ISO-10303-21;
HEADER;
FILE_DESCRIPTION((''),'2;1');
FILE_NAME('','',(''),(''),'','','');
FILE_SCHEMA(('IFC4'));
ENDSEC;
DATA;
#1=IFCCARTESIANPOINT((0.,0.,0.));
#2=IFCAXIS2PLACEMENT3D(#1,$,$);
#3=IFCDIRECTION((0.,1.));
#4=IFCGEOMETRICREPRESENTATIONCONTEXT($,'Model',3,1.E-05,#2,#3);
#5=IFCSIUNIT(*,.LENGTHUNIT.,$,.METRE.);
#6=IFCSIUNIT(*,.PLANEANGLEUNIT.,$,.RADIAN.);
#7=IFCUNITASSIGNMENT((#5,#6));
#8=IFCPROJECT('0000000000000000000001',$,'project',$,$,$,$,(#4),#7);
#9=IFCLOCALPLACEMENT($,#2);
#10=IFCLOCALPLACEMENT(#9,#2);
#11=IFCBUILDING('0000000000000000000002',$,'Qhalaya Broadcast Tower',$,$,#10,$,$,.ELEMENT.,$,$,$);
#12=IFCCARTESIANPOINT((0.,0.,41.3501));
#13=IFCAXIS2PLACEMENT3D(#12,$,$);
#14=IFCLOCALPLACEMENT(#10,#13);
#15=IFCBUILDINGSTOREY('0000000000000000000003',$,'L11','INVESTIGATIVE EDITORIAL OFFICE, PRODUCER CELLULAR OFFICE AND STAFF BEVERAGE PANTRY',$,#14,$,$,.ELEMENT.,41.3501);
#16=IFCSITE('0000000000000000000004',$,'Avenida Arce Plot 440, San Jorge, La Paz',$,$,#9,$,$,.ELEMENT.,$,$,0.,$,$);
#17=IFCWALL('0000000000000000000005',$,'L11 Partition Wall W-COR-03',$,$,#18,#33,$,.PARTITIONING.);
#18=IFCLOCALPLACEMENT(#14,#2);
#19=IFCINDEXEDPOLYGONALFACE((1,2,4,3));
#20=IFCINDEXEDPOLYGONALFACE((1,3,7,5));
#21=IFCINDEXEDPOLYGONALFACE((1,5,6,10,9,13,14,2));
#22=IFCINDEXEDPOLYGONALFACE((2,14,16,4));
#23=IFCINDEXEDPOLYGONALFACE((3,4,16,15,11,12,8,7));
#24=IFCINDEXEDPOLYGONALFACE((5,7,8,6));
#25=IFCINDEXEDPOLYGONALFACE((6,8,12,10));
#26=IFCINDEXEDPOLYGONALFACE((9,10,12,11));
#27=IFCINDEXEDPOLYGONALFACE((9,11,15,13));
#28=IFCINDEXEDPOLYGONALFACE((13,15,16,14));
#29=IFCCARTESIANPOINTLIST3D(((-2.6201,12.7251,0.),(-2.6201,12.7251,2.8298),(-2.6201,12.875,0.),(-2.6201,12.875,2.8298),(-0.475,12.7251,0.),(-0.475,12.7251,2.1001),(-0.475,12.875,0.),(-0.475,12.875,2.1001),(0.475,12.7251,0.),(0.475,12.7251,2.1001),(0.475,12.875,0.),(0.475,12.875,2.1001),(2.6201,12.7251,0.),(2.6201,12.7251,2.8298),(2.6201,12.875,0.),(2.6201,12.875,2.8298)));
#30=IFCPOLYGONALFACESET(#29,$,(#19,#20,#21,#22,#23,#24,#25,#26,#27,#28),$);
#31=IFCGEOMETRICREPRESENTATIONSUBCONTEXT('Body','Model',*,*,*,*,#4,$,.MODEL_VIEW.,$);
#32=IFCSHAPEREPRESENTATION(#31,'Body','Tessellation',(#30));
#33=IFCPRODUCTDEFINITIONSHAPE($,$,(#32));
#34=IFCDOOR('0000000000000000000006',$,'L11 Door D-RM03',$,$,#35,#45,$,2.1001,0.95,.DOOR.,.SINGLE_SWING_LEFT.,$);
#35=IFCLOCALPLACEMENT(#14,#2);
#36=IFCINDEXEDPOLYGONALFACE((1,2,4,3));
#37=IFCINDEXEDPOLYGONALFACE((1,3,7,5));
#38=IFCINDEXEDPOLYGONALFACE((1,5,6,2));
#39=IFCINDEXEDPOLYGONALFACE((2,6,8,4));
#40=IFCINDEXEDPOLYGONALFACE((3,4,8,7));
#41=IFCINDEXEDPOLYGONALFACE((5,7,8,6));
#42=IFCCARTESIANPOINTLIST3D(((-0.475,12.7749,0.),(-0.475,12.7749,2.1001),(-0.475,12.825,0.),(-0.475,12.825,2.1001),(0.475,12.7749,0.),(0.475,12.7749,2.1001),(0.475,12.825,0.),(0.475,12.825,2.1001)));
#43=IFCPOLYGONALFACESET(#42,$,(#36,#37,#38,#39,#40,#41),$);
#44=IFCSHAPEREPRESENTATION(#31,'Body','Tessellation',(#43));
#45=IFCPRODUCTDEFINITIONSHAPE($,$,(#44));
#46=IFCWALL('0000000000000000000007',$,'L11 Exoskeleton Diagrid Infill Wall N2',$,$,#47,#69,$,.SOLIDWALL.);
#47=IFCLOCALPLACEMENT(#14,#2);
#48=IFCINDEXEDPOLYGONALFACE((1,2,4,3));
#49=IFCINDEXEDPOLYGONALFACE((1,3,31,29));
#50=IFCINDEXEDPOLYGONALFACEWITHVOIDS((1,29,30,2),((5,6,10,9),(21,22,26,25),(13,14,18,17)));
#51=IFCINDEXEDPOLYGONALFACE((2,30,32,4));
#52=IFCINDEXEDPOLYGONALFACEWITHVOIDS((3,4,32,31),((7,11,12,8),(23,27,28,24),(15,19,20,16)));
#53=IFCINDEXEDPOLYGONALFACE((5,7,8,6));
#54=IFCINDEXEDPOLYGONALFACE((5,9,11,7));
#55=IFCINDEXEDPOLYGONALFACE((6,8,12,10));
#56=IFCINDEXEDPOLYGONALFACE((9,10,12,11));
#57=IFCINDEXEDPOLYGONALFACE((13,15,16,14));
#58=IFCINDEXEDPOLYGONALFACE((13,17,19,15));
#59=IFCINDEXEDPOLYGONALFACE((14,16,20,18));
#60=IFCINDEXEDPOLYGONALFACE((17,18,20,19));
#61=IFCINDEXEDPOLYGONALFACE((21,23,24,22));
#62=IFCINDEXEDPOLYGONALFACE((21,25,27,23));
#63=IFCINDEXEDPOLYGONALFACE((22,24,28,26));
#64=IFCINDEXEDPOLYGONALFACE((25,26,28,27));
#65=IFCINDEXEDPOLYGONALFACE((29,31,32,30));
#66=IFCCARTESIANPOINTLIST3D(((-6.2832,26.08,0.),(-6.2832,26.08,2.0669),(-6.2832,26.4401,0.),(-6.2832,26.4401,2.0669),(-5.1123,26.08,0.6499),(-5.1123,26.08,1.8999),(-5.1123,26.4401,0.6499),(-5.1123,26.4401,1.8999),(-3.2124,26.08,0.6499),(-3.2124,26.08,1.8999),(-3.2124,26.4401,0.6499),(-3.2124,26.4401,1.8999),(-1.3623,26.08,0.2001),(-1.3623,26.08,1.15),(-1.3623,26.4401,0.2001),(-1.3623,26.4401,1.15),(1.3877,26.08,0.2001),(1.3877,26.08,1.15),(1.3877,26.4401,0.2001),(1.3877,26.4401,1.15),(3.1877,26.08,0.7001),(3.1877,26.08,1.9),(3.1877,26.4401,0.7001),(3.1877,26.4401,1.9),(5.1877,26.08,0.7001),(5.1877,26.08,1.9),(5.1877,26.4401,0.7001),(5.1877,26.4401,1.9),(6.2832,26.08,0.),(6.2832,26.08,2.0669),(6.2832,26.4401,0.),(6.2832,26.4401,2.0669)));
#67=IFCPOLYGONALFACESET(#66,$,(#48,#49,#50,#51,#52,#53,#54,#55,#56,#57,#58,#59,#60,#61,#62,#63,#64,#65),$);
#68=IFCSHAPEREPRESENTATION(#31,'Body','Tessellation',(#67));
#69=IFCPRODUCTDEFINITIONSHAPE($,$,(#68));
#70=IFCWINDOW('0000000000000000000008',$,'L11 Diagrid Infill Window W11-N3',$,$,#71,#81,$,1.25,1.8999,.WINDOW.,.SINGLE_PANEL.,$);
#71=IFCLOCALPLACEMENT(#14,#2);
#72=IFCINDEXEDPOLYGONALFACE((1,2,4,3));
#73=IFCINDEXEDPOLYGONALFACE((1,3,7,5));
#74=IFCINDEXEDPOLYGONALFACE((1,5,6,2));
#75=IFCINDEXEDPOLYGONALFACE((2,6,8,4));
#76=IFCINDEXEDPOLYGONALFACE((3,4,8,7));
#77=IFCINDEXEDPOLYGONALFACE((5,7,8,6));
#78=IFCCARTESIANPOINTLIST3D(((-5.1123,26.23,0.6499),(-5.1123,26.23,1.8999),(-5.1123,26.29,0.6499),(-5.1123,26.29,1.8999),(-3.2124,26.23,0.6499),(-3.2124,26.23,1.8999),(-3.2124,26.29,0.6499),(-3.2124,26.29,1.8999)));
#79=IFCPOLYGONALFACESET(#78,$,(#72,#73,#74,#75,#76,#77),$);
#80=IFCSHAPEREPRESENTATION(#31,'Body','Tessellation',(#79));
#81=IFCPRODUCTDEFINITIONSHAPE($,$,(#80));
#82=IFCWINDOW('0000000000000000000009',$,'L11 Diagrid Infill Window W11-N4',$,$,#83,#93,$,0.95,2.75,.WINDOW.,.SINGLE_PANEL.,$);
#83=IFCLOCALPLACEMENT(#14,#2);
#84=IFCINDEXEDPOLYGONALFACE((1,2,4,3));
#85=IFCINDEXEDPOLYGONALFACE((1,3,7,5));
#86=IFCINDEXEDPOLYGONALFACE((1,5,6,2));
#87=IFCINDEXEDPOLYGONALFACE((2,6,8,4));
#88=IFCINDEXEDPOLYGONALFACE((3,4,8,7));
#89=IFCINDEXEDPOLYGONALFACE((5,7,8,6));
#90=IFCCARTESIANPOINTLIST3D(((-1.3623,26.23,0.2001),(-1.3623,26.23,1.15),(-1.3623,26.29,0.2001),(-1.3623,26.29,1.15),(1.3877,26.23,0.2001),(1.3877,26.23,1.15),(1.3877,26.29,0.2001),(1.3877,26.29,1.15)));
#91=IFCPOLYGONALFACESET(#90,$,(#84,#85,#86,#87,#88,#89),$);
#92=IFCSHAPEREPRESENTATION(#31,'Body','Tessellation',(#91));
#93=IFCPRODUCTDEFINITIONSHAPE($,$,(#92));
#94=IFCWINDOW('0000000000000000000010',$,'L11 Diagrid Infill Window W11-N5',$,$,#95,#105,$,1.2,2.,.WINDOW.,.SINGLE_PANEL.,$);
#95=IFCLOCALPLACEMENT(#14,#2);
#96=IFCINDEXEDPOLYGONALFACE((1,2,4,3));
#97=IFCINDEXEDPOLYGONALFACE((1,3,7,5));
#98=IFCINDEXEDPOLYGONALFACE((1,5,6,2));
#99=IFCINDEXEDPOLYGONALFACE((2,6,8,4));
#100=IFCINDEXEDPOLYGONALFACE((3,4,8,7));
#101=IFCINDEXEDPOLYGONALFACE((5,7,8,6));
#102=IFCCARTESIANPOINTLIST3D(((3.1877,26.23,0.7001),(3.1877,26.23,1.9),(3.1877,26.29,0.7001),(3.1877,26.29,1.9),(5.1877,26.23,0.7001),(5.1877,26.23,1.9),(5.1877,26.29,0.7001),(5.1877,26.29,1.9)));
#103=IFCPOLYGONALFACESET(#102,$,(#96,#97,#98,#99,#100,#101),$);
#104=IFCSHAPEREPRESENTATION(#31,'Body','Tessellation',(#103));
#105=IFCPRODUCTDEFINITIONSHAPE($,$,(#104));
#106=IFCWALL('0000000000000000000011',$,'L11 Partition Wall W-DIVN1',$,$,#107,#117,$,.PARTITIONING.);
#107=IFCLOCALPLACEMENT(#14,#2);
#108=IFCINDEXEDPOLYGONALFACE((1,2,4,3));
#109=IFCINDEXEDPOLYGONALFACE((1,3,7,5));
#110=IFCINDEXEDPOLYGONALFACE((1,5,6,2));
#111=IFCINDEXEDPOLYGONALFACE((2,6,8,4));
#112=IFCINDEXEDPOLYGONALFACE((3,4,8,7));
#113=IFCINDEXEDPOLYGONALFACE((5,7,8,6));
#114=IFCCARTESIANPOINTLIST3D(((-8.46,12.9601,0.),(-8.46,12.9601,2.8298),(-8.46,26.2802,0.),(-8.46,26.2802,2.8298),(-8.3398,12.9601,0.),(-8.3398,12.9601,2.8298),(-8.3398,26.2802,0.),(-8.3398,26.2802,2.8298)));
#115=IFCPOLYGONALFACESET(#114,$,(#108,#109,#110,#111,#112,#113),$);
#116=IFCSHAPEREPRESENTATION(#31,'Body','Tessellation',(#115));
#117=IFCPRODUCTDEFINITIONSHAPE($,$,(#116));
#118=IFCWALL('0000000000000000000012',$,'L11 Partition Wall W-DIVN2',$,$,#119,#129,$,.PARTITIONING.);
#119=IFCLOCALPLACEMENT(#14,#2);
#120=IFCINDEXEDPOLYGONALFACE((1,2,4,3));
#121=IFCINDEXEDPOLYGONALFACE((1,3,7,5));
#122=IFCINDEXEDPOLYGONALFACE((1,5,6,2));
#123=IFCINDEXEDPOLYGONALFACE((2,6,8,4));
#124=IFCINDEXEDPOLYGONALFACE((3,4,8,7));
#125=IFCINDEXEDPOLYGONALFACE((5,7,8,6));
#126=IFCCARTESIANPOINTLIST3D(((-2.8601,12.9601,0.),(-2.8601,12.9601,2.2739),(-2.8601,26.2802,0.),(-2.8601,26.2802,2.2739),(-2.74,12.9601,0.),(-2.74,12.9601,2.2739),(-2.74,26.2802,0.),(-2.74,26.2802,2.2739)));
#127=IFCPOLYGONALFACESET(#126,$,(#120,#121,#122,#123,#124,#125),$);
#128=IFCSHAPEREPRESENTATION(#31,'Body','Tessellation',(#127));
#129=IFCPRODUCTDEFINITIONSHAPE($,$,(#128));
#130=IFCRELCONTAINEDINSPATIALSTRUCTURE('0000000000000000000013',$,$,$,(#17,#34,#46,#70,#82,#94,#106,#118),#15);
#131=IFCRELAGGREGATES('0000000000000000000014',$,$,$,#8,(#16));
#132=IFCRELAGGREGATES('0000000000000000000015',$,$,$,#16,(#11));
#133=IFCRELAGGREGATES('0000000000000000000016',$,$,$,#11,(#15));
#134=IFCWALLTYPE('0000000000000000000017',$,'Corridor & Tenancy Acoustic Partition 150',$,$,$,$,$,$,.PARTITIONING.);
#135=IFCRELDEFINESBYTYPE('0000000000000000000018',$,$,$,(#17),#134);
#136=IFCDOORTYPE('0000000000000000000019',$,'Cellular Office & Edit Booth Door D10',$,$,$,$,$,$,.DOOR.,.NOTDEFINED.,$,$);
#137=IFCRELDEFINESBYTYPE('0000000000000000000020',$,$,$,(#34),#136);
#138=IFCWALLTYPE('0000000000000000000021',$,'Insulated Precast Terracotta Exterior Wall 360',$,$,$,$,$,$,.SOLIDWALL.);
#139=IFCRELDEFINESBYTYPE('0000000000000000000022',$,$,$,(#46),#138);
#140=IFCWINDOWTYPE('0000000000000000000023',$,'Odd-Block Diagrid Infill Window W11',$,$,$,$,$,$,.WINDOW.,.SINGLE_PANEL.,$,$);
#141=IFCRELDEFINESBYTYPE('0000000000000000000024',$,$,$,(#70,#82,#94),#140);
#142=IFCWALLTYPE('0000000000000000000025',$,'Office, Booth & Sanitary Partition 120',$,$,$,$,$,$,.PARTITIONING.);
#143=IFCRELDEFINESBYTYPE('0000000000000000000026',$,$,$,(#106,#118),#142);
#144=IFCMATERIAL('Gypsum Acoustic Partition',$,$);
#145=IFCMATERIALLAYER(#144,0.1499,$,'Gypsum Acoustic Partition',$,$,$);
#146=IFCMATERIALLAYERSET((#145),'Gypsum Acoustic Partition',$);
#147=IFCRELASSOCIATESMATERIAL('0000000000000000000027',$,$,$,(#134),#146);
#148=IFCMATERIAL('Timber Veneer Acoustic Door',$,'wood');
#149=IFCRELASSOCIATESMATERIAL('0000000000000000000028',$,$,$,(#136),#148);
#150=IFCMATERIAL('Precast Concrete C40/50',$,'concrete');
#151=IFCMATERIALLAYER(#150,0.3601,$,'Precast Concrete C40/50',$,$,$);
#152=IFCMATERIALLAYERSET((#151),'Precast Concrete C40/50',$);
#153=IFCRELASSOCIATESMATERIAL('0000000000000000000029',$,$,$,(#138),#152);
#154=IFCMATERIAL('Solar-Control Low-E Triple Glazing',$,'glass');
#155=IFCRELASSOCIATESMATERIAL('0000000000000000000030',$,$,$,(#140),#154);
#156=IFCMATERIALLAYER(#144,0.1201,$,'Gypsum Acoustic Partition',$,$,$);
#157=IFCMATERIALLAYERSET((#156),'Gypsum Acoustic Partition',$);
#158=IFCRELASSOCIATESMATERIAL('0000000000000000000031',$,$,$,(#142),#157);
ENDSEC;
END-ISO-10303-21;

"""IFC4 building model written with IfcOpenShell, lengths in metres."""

from ifc_helpers import new_model, si_unit, direction, frame, frame_2d, origin, place, context, subcontext, project, spatial, rectangle, extrude, material, layer, layer_set, type_object, element, fill, save


model = new_model("IFC4")

# Units and contexts
model_context = context("Model", 3, precision=1e-05, world=origin(), true_north=direction((0.0, 1.0)))
body_context = subcontext(model_context, "Body", "Model", "MODEL_VIEW")
ifc_project = project(units=[si_unit("LENGTHUNIT", "METRE"), si_unit("PLANEANGLEUNIT", "RADIAN")], contexts=[model_context])

# Site, building, storey
site_placement = place(None, origin())
site = spatial("IfcSite", under=ifc_project, at=site_placement, Name="Avenida Arce Plot 440, San Jorge, La Paz", CompositionType="ELEMENT", RefElevation=0.0)
building_placement = place(site_placement, origin())
building = spatial("IfcBuilding", under=site, at=building_placement, Name="Qhalaya Broadcast Tower", CompositionType="ELEMENT")
storey_placement = place(building_placement, frame((0.0, 0.0, 41.3501)))
storey = spatial("IfcBuildingStorey", under=building, at=storey_placement, Name="L11", Description="INVESTIGATIVE EDITORIAL OFFICE, PRODUCER CELLULAR OFFICE AND STAFF BEVERAGE PANTRY", CompositionType="ELEMENT", Elevation=41.3501)

# Wall, opening, door
ifc_material_1 = material(Name="Gypsum Acoustic Partition")
ifc_layer_1 = layer(ifc_material_1, 0.1499, Name="Gypsum Acoustic Partition")
ifc_layer_set_1 = layer_set([ifc_layer_1], Name="Gypsum Acoustic Partition")
wall_type_1 = type_object("IfcWallType", Name="Corridor & Tenancy Acoustic Partition 150", PredefinedType="PARTITIONING", material=ifc_layer_set_1)
ifc_material_2 = material(Name="Timber Veneer Acoustic Door", Category="wood")
door_type = type_object("IfcDoorType", Name="Cellular Office & Edit Booth Door D10", OperationType="NOTDEFINED", PredefinedType="DOOR", material=ifc_material_2)
wall_1_placement = place(storey_placement, frame((-2.6201, 12.8, 0.0), z_axis=(0.0, 0.0, 1.0), x_axis=(1.0, 0.0, 0.0)))
wall_1 = element("IfcWall", 1, at=wall_1_placement, inside=storey, type_object=wall_type_1, Name="L11 Partition Wall W-COR-03", PredefinedType="PARTITIONING", context=body_context, shape_type="SweptSolid", body=[
    extrude(rectangle(XDim=5.2402, YDim=0.1499, at=frame_2d((2.6201, 0.0))), origin(), (0.0, 0.0, 1.0), 2.8298),
])
opening_1_placement = place(wall_1_placement, frame((2.145, 0.0, 0.0)))
opening_1 = element("IfcOpeningElement", 2, at=opening_1_placement, cuts=wall_1, PredefinedType="OPENING", context=body_context, shape_type="SweptSolid", body=[
    extrude(rectangle(XDim=0.95, YDim=2.1001, at=frame_2d((0.4751, 1.05))), frame((0.0, 0.0869, 0.0), z_axis=(0.0, -1.0, 0.0), x_axis=(1.0, 0.0, 0.0)), (0.0, 0.0, 1.0), 0.1738),
])
door_1_placement = place(opening_1_placement, origin())
door_1 = element("IfcDoor", 3, at=door_1_placement, inside=storey, type_object=door_type, Name="L11 Door D-RM03", OperationType="SINGLE_SWING_LEFT", OverallHeight=2.1001, OverallWidth=0.95, PredefinedType="DOOR", context=body_context, shape_type="SweptSolid", body=[
    extrude(rectangle(XDim=0.95, YDim=2.1001, at=frame_2d((0.4751, 1.05))), frame((0.0, 0.0249, 0.0), z_axis=(0.0, -1.0, 0.0), x_axis=(1.0, 0.0, 0.0)), (0.0, 0.0, 1.0), 0.05),
])
fill(opening_1, door_1)

# Wall, openings, windows
ifc_material_3 = material(Name="Precast Concrete C40/50", Category="concrete")
ifc_layer_2 = layer(ifc_material_3, 0.3601, Name="Precast Concrete C40/50")
ifc_layer_set_2 = layer_set([ifc_layer_2], Name="Precast Concrete C40/50")
wall_type_2 = type_object("IfcWallType", Name="Insulated Precast Terracotta Exterior Wall 360", PredefinedType="SOLIDWALL", material=ifc_layer_set_2)
wall_2_placement = place(storey_placement, frame((-6.2832, 26.26, 0.0), z_axis=(0.0, 0.0, 1.0), x_axis=(1.0, 0.0, 0.0)))
wall_2 = element("IfcWall", 4, at=wall_2_placement, inside=storey, type_object=wall_type_2, Name="L11 Exoskeleton Diagrid Infill Wall N2", PredefinedType="SOLIDWALL", context=body_context, shape_type="SweptSolid", body=[
    extrude(rectangle(XDim=12.5664, YDim=0.3601, at=frame_2d((6.2832, 0.0))), origin(), (0.0, 0.0, 1.0), 2.0669),
])
opening_2_placement = place(wall_2_placement, frame((1.1709, 0.0, 0.6499)))
opening_2 = element("IfcOpeningElement", 5, at=opening_2_placement, cuts=wall_2, PredefinedType="OPENING", context=body_context, shape_type="SweptSolid", body=[
    extrude(rectangle(XDim=1.8999, YDim=1.25, at=frame_2d((0.95, 0.625))), frame((0.0, 0.1921, 0.0), z_axis=(0.0, -1.0, 0.0), x_axis=(1.0, 0.0, 0.0)), (0.0, 0.0, 1.0), 0.384),
])
opening_3_placement = place(wall_2_placement, frame((4.9209, 0.0, 0.2)))
opening_3 = element("IfcOpeningElement", 6, at=opening_3_placement, cuts=wall_2, PredefinedType="OPENING", context=body_context, shape_type="SweptSolid", body=[
    extrude(rectangle(XDim=2.75, YDim=0.95, at=frame_2d((1.375, 0.4751))), frame((0.0, 0.1921, 0.0), z_axis=(0.0, -1.0, 0.0), x_axis=(1.0, 0.0, 0.0)), (0.0, 0.0, 1.0), 0.384),
])
opening_4_placement = place(wall_2_placement, frame((9.4709, 0.0, 0.7)))
opening_4 = element("IfcOpeningElement", 7, at=opening_4_placement, cuts=wall_2, PredefinedType="OPENING", context=body_context, shape_type="SweptSolid", body=[
    extrude(rectangle(XDim=2.0, YDim=1.2, at=frame_2d((1.0, 0.6001))), frame((0.0, 0.1921, 0.0), z_axis=(0.0, -1.0, 0.0), x_axis=(1.0, 0.0, 0.0)), (0.0, 0.0, 1.0), 0.384),
])
ifc_material_4 = material(Name="Solar-Control Low-E Triple Glazing", Category="glass")
window_type = type_object("IfcWindowType", Name="Odd-Block Diagrid Infill Window W11", PartitioningType="SINGLE_PANEL", PredefinedType="WINDOW", material=ifc_material_4)
window_1_placement = place(opening_2_placement, origin())
window_1 = element("IfcWindow", 8, at=window_1_placement, inside=storey, type_object=window_type, Name="L11 Diagrid Infill Window W11-N3", OverallHeight=1.25, OverallWidth=1.8999, PartitioningType="SINGLE_PANEL", PredefinedType="WINDOW", context=body_context, shape_type="SweptSolid", body=[
    extrude(rectangle(XDim=1.8999, YDim=1.25, at=frame_2d((0.95, 0.625))), frame((0.0, 0.03, 0.0), z_axis=(0.0, -1.0, 0.0), x_axis=(1.0, 0.0, 0.0)), (0.0, 0.0, 1.0), 0.0601),
])
fill(opening_2, window_1)
window_2_placement = place(opening_3_placement, origin())
window_2 = element("IfcWindow", 9, at=window_2_placement, inside=storey, type_object=window_type, Name="L11 Diagrid Infill Window W11-N4", OverallHeight=0.95, OverallWidth=2.75, PartitioningType="SINGLE_PANEL", PredefinedType="WINDOW", context=body_context, shape_type="SweptSolid", body=[
    extrude(rectangle(XDim=2.75, YDim=0.95, at=frame_2d((1.375, 0.4751))), frame((0.0, 0.03, 0.0), z_axis=(0.0, -1.0, 0.0), x_axis=(1.0, 0.0, 0.0)), (0.0, 0.0, 1.0), 0.0601),
])
fill(opening_3, window_2)
window_3_placement = place(opening_4_placement, origin())
window_3 = element("IfcWindow", 10, at=window_3_placement, inside=storey, type_object=window_type, Name="L11 Diagrid Infill Window W11-N5", OverallHeight=1.2, OverallWidth=2.0, PartitioningType="SINGLE_PANEL", PredefinedType="WINDOW", context=body_context, shape_type="SweptSolid", body=[
    extrude(rectangle(XDim=2.0, YDim=1.2, at=frame_2d((1.0, 0.6001))), frame((0.0, 0.03, 0.0), z_axis=(0.0, -1.0, 0.0), x_axis=(1.0, 0.0, 0.0)), (0.0, 0.0, 1.0), 0.0601),
])
fill(opening_4, window_3)

# Walls
ifc_layer_3 = layer(ifc_material_1, 0.1201, Name="Gypsum Acoustic Partition")
ifc_layer_set_3 = layer_set([ifc_layer_3], Name="Gypsum Acoustic Partition")
wall_type_3 = type_object("IfcWallType", Name="Office, Booth & Sanitary Partition 120", PredefinedType="PARTITIONING", material=ifc_layer_set_3)
wall_3_placement = place(storey_placement, frame((-8.3999, 12.96, 0.0), z_axis=(0.0, 0.0, 1.0), x_axis=(0.0, 1.0, 0.0)))
element("IfcWall", 11, at=wall_3_placement, inside=storey, type_object=wall_type_3, Name="L11 Partition Wall W-DIVN1", PredefinedType="PARTITIONING", context=body_context, shape_type="SweptSolid", body=[
    extrude(rectangle(XDim=13.3201, YDim=0.1201, at=frame_2d((6.6602, 0.0))), origin(), (0.0, 0.0, 1.0), 2.8298),
])
wall_4_placement = place(storey_placement, frame((-2.8, 12.96, 0.0), z_axis=(0.0, 0.0, 1.0), x_axis=(0.0, 1.0, 0.0)))
element("IfcWall", 12, at=wall_4_placement, inside=storey, type_object=wall_type_3, Name="L11 Partition Wall W-DIVN2", PredefinedType="PARTITIONING", context=body_context, shape_type="SweptSolid", body=[
    extrude(rectangle(XDim=13.3201, YDim=0.1201, at=frame_2d((6.6602, 0.0))), origin(), (0.0, 0.0, 1.0), 2.2739),
])

save(model, "model.ifc")
